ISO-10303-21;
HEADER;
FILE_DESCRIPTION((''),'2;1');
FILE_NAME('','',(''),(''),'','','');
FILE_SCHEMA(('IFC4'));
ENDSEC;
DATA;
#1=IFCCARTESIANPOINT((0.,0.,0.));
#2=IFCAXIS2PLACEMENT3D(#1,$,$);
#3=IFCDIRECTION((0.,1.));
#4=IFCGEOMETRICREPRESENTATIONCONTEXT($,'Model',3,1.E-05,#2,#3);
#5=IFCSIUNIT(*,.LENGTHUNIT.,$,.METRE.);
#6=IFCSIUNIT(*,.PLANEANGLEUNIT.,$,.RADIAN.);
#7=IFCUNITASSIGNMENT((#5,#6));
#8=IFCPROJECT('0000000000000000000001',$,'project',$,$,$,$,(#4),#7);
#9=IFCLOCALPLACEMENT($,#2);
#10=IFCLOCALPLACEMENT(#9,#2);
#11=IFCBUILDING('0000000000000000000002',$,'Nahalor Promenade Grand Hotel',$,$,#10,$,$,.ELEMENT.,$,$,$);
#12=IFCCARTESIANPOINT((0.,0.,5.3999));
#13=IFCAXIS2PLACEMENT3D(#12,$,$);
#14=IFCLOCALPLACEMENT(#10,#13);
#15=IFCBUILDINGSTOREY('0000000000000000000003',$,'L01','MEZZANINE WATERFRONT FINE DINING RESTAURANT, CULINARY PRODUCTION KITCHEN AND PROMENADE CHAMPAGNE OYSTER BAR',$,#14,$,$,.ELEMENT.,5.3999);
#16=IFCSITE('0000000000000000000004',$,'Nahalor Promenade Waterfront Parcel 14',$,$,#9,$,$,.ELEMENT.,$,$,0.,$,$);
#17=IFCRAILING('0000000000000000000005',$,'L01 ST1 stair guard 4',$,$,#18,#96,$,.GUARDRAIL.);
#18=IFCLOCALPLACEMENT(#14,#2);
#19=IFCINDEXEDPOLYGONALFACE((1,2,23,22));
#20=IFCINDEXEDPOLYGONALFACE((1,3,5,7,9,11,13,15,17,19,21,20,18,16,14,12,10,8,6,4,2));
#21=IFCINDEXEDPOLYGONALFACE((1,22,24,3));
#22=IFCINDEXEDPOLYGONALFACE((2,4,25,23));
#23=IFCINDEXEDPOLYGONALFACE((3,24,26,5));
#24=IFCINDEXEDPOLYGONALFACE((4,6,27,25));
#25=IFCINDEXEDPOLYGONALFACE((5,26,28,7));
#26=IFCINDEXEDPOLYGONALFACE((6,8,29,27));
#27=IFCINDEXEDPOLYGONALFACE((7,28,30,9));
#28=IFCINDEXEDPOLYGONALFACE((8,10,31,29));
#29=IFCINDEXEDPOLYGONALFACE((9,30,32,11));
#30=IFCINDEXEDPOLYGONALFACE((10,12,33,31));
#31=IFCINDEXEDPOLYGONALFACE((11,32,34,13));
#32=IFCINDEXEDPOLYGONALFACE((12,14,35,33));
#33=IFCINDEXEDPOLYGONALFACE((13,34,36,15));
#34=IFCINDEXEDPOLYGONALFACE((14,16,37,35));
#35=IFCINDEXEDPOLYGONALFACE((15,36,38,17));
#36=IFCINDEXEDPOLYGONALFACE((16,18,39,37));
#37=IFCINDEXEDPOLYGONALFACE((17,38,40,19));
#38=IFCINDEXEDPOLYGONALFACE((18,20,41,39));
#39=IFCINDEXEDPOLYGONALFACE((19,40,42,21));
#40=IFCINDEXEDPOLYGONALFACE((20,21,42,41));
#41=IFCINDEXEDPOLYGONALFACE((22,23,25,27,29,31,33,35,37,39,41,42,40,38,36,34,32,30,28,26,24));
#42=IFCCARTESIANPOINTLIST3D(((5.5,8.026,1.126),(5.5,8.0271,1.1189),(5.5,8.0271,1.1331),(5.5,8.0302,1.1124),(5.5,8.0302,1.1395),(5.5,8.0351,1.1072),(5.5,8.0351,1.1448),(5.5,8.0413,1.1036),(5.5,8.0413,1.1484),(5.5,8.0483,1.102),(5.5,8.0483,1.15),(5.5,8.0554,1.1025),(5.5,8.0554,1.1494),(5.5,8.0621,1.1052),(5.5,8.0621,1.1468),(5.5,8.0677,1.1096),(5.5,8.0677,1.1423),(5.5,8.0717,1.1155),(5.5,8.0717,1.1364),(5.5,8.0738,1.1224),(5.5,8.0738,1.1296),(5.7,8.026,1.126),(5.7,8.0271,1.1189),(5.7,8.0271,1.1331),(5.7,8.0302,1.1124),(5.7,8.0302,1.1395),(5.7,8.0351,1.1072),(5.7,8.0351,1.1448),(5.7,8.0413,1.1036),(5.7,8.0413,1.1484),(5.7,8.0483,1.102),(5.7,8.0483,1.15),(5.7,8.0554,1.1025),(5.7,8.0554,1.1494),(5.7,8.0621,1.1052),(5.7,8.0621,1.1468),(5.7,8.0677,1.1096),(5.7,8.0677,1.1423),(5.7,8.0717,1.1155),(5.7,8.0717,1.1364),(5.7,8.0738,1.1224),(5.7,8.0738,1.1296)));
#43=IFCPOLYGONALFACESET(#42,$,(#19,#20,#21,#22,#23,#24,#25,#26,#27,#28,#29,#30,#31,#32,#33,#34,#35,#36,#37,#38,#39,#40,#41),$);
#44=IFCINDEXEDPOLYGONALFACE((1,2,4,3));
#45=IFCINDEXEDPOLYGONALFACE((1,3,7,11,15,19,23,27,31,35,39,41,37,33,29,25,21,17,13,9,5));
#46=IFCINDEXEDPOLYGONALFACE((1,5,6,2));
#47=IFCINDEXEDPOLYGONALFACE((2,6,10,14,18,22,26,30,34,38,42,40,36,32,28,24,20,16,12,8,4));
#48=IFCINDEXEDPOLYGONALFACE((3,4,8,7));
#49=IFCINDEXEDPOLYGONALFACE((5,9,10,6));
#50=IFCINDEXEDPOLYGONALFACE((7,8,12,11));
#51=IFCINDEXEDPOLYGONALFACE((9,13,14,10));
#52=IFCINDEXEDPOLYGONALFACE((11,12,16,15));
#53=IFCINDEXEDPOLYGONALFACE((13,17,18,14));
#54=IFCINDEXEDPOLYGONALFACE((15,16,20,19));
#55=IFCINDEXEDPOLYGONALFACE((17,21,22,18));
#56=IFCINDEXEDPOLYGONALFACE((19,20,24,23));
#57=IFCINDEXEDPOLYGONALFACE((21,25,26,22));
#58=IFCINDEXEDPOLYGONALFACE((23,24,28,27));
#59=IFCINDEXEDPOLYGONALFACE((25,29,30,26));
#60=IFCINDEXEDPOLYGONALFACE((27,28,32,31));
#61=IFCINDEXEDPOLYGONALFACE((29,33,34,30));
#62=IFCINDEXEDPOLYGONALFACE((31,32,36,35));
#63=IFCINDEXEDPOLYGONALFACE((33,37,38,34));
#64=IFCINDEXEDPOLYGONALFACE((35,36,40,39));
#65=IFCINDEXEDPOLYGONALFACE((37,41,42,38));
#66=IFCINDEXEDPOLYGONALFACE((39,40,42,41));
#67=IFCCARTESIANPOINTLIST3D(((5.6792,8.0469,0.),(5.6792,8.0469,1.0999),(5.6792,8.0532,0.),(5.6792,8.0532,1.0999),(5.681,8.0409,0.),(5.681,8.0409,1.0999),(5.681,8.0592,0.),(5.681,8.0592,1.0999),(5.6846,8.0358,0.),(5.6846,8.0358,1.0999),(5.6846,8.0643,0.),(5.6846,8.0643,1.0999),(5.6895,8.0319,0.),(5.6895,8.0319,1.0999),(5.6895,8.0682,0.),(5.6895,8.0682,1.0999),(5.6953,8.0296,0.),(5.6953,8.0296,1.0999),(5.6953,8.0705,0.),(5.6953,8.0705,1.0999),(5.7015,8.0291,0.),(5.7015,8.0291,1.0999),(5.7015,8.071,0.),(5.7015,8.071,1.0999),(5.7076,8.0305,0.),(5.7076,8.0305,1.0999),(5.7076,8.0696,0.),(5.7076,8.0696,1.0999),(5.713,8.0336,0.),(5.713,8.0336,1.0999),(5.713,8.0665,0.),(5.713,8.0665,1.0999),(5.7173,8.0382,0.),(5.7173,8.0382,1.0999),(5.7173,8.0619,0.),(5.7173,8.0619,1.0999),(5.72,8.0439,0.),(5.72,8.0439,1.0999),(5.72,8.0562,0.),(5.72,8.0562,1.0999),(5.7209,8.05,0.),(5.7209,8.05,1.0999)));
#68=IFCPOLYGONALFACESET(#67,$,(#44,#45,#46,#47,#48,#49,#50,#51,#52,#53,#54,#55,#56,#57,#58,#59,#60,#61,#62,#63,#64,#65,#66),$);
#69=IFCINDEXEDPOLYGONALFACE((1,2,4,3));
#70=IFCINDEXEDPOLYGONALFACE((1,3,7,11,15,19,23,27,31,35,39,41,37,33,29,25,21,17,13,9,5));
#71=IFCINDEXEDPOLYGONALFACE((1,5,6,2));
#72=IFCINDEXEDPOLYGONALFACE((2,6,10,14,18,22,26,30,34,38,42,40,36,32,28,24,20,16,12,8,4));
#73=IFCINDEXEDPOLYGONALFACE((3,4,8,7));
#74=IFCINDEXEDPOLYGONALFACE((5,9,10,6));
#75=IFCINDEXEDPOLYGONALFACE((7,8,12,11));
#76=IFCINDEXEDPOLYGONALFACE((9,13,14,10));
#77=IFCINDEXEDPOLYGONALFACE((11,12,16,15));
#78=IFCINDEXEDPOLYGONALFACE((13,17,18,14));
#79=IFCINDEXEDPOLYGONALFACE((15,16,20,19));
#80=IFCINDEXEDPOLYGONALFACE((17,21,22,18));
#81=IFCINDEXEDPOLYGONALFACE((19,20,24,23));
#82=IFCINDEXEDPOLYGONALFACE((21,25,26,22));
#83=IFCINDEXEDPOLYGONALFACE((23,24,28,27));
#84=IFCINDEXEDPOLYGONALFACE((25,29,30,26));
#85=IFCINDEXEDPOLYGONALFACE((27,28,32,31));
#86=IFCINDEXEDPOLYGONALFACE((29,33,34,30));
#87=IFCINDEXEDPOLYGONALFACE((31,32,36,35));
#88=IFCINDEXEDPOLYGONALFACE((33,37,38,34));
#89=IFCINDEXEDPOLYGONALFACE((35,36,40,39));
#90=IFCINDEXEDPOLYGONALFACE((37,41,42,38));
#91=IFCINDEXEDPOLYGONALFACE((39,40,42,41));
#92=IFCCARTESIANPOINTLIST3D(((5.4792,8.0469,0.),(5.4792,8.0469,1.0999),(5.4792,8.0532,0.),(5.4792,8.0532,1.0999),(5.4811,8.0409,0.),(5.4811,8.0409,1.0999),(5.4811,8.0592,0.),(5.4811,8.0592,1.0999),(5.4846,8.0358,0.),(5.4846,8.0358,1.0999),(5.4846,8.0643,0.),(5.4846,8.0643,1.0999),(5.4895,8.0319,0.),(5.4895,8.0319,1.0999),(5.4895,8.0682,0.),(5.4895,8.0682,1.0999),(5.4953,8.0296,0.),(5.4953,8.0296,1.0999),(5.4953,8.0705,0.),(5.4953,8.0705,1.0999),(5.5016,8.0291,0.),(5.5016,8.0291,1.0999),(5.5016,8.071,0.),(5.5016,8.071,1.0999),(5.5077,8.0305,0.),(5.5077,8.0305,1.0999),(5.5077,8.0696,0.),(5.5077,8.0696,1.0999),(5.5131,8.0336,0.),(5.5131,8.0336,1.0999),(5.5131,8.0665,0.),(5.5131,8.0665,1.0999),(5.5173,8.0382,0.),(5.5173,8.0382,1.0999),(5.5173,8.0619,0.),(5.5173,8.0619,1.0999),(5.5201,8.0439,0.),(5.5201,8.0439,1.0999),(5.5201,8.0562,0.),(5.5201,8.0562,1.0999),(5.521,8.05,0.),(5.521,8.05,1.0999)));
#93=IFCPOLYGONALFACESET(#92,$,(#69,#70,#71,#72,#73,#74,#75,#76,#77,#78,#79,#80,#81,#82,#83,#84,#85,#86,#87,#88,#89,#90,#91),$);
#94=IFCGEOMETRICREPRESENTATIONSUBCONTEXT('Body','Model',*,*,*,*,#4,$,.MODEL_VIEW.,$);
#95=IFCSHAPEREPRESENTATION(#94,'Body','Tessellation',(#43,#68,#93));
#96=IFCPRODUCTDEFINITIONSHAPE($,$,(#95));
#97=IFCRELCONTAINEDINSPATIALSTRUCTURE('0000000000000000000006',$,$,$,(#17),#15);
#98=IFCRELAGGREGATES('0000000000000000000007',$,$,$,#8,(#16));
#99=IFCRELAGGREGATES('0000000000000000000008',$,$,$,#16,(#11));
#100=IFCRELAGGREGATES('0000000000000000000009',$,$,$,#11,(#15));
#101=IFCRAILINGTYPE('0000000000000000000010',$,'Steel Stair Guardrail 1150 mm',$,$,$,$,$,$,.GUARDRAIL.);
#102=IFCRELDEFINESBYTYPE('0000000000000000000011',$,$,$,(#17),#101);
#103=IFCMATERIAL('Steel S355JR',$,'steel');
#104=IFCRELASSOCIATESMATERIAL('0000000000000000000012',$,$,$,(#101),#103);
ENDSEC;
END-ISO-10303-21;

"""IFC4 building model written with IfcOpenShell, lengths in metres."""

from ifc_helpers import new_model, si_unit, direction, frame, origin, origin_2d, place, context, subcontext, project, spatial, circle, extrude, material, type_object, element, save


model = new_model("IFC4")

# Units and contexts
model_context = context("Model", 3, precision=1e-05, world=origin(), true_north=direction((0.0, 1.0)))
body_context = subcontext(model_context, "Body", "Model", "MODEL_VIEW")
ifc_project = project(units=[si_unit("LENGTHUNIT", "METRE"), si_unit("PLANEANGLEUNIT", "RADIAN")], contexts=[model_context])

# Site, building, storey
site_placement = place(None, origin())
site = spatial("IfcSite", under=ifc_project, at=site_placement, Name="Nahalor Promenade Waterfront Parcel 14", CompositionType="ELEMENT", RefElevation=0.0)
building_placement = place(site_placement, origin())
building = spatial("IfcBuilding", under=site, at=building_placement, Name="Nahalor Promenade Grand Hotel", CompositionType="ELEMENT")
storey_placement = place(building_placement, frame((0.0, 0.0, 5.3999)))
storey = spatial("IfcBuildingStorey", under=building, at=storey_placement, Name="L01", Description="MEZZANINE WATERFRONT FINE DINING RESTAURANT, CULINARY PRODUCTION KITCHEN AND PROMENADE CHAMPAGNE OYSTER BAR", CompositionType="ELEMENT", Elevation=5.3999)

# Shared definitions
ifc_material_1 = material(Name="Steel S355JR", Category="steel")

# Railing
railing_type_1 = type_object("IfcRailingType", Name="Steel Stair Guardrail 1150 mm", PredefinedType="GUARDRAIL", material=ifc_material_1)
railing_1_placement = place(storey_placement, frame((5.7, 8.05, 0.0)))
element("IfcRailing", 1, at=railing_1_placement, inside=storey, type_object=railing_type_1, Name="L01 ST1 stair guard 4", PredefinedType="GUARDRAIL", context=body_context, shape_type="SweptSolid", body=[
    extrude(circle(Radius=0.024, at=origin_2d()), frame((0.0, 0.0, 1.126), z_axis=(-1.0, 0.0, 0.0), x_axis=(0.0, -1.0, 0.0)), (0.0, 0.0, 1.0), 0.2),
    extrude(circle(Radius=0.021, at=origin_2d()), origin(), (0.0, 0.0, 1.0), 1.0999),
    extrude(circle(Radius=0.021, at=origin_2d()), frame((-0.2, 0.0, 0.0)), (0.0, 0.0, 1.0), 1.0999),
])

save(model, "model.ifc")
